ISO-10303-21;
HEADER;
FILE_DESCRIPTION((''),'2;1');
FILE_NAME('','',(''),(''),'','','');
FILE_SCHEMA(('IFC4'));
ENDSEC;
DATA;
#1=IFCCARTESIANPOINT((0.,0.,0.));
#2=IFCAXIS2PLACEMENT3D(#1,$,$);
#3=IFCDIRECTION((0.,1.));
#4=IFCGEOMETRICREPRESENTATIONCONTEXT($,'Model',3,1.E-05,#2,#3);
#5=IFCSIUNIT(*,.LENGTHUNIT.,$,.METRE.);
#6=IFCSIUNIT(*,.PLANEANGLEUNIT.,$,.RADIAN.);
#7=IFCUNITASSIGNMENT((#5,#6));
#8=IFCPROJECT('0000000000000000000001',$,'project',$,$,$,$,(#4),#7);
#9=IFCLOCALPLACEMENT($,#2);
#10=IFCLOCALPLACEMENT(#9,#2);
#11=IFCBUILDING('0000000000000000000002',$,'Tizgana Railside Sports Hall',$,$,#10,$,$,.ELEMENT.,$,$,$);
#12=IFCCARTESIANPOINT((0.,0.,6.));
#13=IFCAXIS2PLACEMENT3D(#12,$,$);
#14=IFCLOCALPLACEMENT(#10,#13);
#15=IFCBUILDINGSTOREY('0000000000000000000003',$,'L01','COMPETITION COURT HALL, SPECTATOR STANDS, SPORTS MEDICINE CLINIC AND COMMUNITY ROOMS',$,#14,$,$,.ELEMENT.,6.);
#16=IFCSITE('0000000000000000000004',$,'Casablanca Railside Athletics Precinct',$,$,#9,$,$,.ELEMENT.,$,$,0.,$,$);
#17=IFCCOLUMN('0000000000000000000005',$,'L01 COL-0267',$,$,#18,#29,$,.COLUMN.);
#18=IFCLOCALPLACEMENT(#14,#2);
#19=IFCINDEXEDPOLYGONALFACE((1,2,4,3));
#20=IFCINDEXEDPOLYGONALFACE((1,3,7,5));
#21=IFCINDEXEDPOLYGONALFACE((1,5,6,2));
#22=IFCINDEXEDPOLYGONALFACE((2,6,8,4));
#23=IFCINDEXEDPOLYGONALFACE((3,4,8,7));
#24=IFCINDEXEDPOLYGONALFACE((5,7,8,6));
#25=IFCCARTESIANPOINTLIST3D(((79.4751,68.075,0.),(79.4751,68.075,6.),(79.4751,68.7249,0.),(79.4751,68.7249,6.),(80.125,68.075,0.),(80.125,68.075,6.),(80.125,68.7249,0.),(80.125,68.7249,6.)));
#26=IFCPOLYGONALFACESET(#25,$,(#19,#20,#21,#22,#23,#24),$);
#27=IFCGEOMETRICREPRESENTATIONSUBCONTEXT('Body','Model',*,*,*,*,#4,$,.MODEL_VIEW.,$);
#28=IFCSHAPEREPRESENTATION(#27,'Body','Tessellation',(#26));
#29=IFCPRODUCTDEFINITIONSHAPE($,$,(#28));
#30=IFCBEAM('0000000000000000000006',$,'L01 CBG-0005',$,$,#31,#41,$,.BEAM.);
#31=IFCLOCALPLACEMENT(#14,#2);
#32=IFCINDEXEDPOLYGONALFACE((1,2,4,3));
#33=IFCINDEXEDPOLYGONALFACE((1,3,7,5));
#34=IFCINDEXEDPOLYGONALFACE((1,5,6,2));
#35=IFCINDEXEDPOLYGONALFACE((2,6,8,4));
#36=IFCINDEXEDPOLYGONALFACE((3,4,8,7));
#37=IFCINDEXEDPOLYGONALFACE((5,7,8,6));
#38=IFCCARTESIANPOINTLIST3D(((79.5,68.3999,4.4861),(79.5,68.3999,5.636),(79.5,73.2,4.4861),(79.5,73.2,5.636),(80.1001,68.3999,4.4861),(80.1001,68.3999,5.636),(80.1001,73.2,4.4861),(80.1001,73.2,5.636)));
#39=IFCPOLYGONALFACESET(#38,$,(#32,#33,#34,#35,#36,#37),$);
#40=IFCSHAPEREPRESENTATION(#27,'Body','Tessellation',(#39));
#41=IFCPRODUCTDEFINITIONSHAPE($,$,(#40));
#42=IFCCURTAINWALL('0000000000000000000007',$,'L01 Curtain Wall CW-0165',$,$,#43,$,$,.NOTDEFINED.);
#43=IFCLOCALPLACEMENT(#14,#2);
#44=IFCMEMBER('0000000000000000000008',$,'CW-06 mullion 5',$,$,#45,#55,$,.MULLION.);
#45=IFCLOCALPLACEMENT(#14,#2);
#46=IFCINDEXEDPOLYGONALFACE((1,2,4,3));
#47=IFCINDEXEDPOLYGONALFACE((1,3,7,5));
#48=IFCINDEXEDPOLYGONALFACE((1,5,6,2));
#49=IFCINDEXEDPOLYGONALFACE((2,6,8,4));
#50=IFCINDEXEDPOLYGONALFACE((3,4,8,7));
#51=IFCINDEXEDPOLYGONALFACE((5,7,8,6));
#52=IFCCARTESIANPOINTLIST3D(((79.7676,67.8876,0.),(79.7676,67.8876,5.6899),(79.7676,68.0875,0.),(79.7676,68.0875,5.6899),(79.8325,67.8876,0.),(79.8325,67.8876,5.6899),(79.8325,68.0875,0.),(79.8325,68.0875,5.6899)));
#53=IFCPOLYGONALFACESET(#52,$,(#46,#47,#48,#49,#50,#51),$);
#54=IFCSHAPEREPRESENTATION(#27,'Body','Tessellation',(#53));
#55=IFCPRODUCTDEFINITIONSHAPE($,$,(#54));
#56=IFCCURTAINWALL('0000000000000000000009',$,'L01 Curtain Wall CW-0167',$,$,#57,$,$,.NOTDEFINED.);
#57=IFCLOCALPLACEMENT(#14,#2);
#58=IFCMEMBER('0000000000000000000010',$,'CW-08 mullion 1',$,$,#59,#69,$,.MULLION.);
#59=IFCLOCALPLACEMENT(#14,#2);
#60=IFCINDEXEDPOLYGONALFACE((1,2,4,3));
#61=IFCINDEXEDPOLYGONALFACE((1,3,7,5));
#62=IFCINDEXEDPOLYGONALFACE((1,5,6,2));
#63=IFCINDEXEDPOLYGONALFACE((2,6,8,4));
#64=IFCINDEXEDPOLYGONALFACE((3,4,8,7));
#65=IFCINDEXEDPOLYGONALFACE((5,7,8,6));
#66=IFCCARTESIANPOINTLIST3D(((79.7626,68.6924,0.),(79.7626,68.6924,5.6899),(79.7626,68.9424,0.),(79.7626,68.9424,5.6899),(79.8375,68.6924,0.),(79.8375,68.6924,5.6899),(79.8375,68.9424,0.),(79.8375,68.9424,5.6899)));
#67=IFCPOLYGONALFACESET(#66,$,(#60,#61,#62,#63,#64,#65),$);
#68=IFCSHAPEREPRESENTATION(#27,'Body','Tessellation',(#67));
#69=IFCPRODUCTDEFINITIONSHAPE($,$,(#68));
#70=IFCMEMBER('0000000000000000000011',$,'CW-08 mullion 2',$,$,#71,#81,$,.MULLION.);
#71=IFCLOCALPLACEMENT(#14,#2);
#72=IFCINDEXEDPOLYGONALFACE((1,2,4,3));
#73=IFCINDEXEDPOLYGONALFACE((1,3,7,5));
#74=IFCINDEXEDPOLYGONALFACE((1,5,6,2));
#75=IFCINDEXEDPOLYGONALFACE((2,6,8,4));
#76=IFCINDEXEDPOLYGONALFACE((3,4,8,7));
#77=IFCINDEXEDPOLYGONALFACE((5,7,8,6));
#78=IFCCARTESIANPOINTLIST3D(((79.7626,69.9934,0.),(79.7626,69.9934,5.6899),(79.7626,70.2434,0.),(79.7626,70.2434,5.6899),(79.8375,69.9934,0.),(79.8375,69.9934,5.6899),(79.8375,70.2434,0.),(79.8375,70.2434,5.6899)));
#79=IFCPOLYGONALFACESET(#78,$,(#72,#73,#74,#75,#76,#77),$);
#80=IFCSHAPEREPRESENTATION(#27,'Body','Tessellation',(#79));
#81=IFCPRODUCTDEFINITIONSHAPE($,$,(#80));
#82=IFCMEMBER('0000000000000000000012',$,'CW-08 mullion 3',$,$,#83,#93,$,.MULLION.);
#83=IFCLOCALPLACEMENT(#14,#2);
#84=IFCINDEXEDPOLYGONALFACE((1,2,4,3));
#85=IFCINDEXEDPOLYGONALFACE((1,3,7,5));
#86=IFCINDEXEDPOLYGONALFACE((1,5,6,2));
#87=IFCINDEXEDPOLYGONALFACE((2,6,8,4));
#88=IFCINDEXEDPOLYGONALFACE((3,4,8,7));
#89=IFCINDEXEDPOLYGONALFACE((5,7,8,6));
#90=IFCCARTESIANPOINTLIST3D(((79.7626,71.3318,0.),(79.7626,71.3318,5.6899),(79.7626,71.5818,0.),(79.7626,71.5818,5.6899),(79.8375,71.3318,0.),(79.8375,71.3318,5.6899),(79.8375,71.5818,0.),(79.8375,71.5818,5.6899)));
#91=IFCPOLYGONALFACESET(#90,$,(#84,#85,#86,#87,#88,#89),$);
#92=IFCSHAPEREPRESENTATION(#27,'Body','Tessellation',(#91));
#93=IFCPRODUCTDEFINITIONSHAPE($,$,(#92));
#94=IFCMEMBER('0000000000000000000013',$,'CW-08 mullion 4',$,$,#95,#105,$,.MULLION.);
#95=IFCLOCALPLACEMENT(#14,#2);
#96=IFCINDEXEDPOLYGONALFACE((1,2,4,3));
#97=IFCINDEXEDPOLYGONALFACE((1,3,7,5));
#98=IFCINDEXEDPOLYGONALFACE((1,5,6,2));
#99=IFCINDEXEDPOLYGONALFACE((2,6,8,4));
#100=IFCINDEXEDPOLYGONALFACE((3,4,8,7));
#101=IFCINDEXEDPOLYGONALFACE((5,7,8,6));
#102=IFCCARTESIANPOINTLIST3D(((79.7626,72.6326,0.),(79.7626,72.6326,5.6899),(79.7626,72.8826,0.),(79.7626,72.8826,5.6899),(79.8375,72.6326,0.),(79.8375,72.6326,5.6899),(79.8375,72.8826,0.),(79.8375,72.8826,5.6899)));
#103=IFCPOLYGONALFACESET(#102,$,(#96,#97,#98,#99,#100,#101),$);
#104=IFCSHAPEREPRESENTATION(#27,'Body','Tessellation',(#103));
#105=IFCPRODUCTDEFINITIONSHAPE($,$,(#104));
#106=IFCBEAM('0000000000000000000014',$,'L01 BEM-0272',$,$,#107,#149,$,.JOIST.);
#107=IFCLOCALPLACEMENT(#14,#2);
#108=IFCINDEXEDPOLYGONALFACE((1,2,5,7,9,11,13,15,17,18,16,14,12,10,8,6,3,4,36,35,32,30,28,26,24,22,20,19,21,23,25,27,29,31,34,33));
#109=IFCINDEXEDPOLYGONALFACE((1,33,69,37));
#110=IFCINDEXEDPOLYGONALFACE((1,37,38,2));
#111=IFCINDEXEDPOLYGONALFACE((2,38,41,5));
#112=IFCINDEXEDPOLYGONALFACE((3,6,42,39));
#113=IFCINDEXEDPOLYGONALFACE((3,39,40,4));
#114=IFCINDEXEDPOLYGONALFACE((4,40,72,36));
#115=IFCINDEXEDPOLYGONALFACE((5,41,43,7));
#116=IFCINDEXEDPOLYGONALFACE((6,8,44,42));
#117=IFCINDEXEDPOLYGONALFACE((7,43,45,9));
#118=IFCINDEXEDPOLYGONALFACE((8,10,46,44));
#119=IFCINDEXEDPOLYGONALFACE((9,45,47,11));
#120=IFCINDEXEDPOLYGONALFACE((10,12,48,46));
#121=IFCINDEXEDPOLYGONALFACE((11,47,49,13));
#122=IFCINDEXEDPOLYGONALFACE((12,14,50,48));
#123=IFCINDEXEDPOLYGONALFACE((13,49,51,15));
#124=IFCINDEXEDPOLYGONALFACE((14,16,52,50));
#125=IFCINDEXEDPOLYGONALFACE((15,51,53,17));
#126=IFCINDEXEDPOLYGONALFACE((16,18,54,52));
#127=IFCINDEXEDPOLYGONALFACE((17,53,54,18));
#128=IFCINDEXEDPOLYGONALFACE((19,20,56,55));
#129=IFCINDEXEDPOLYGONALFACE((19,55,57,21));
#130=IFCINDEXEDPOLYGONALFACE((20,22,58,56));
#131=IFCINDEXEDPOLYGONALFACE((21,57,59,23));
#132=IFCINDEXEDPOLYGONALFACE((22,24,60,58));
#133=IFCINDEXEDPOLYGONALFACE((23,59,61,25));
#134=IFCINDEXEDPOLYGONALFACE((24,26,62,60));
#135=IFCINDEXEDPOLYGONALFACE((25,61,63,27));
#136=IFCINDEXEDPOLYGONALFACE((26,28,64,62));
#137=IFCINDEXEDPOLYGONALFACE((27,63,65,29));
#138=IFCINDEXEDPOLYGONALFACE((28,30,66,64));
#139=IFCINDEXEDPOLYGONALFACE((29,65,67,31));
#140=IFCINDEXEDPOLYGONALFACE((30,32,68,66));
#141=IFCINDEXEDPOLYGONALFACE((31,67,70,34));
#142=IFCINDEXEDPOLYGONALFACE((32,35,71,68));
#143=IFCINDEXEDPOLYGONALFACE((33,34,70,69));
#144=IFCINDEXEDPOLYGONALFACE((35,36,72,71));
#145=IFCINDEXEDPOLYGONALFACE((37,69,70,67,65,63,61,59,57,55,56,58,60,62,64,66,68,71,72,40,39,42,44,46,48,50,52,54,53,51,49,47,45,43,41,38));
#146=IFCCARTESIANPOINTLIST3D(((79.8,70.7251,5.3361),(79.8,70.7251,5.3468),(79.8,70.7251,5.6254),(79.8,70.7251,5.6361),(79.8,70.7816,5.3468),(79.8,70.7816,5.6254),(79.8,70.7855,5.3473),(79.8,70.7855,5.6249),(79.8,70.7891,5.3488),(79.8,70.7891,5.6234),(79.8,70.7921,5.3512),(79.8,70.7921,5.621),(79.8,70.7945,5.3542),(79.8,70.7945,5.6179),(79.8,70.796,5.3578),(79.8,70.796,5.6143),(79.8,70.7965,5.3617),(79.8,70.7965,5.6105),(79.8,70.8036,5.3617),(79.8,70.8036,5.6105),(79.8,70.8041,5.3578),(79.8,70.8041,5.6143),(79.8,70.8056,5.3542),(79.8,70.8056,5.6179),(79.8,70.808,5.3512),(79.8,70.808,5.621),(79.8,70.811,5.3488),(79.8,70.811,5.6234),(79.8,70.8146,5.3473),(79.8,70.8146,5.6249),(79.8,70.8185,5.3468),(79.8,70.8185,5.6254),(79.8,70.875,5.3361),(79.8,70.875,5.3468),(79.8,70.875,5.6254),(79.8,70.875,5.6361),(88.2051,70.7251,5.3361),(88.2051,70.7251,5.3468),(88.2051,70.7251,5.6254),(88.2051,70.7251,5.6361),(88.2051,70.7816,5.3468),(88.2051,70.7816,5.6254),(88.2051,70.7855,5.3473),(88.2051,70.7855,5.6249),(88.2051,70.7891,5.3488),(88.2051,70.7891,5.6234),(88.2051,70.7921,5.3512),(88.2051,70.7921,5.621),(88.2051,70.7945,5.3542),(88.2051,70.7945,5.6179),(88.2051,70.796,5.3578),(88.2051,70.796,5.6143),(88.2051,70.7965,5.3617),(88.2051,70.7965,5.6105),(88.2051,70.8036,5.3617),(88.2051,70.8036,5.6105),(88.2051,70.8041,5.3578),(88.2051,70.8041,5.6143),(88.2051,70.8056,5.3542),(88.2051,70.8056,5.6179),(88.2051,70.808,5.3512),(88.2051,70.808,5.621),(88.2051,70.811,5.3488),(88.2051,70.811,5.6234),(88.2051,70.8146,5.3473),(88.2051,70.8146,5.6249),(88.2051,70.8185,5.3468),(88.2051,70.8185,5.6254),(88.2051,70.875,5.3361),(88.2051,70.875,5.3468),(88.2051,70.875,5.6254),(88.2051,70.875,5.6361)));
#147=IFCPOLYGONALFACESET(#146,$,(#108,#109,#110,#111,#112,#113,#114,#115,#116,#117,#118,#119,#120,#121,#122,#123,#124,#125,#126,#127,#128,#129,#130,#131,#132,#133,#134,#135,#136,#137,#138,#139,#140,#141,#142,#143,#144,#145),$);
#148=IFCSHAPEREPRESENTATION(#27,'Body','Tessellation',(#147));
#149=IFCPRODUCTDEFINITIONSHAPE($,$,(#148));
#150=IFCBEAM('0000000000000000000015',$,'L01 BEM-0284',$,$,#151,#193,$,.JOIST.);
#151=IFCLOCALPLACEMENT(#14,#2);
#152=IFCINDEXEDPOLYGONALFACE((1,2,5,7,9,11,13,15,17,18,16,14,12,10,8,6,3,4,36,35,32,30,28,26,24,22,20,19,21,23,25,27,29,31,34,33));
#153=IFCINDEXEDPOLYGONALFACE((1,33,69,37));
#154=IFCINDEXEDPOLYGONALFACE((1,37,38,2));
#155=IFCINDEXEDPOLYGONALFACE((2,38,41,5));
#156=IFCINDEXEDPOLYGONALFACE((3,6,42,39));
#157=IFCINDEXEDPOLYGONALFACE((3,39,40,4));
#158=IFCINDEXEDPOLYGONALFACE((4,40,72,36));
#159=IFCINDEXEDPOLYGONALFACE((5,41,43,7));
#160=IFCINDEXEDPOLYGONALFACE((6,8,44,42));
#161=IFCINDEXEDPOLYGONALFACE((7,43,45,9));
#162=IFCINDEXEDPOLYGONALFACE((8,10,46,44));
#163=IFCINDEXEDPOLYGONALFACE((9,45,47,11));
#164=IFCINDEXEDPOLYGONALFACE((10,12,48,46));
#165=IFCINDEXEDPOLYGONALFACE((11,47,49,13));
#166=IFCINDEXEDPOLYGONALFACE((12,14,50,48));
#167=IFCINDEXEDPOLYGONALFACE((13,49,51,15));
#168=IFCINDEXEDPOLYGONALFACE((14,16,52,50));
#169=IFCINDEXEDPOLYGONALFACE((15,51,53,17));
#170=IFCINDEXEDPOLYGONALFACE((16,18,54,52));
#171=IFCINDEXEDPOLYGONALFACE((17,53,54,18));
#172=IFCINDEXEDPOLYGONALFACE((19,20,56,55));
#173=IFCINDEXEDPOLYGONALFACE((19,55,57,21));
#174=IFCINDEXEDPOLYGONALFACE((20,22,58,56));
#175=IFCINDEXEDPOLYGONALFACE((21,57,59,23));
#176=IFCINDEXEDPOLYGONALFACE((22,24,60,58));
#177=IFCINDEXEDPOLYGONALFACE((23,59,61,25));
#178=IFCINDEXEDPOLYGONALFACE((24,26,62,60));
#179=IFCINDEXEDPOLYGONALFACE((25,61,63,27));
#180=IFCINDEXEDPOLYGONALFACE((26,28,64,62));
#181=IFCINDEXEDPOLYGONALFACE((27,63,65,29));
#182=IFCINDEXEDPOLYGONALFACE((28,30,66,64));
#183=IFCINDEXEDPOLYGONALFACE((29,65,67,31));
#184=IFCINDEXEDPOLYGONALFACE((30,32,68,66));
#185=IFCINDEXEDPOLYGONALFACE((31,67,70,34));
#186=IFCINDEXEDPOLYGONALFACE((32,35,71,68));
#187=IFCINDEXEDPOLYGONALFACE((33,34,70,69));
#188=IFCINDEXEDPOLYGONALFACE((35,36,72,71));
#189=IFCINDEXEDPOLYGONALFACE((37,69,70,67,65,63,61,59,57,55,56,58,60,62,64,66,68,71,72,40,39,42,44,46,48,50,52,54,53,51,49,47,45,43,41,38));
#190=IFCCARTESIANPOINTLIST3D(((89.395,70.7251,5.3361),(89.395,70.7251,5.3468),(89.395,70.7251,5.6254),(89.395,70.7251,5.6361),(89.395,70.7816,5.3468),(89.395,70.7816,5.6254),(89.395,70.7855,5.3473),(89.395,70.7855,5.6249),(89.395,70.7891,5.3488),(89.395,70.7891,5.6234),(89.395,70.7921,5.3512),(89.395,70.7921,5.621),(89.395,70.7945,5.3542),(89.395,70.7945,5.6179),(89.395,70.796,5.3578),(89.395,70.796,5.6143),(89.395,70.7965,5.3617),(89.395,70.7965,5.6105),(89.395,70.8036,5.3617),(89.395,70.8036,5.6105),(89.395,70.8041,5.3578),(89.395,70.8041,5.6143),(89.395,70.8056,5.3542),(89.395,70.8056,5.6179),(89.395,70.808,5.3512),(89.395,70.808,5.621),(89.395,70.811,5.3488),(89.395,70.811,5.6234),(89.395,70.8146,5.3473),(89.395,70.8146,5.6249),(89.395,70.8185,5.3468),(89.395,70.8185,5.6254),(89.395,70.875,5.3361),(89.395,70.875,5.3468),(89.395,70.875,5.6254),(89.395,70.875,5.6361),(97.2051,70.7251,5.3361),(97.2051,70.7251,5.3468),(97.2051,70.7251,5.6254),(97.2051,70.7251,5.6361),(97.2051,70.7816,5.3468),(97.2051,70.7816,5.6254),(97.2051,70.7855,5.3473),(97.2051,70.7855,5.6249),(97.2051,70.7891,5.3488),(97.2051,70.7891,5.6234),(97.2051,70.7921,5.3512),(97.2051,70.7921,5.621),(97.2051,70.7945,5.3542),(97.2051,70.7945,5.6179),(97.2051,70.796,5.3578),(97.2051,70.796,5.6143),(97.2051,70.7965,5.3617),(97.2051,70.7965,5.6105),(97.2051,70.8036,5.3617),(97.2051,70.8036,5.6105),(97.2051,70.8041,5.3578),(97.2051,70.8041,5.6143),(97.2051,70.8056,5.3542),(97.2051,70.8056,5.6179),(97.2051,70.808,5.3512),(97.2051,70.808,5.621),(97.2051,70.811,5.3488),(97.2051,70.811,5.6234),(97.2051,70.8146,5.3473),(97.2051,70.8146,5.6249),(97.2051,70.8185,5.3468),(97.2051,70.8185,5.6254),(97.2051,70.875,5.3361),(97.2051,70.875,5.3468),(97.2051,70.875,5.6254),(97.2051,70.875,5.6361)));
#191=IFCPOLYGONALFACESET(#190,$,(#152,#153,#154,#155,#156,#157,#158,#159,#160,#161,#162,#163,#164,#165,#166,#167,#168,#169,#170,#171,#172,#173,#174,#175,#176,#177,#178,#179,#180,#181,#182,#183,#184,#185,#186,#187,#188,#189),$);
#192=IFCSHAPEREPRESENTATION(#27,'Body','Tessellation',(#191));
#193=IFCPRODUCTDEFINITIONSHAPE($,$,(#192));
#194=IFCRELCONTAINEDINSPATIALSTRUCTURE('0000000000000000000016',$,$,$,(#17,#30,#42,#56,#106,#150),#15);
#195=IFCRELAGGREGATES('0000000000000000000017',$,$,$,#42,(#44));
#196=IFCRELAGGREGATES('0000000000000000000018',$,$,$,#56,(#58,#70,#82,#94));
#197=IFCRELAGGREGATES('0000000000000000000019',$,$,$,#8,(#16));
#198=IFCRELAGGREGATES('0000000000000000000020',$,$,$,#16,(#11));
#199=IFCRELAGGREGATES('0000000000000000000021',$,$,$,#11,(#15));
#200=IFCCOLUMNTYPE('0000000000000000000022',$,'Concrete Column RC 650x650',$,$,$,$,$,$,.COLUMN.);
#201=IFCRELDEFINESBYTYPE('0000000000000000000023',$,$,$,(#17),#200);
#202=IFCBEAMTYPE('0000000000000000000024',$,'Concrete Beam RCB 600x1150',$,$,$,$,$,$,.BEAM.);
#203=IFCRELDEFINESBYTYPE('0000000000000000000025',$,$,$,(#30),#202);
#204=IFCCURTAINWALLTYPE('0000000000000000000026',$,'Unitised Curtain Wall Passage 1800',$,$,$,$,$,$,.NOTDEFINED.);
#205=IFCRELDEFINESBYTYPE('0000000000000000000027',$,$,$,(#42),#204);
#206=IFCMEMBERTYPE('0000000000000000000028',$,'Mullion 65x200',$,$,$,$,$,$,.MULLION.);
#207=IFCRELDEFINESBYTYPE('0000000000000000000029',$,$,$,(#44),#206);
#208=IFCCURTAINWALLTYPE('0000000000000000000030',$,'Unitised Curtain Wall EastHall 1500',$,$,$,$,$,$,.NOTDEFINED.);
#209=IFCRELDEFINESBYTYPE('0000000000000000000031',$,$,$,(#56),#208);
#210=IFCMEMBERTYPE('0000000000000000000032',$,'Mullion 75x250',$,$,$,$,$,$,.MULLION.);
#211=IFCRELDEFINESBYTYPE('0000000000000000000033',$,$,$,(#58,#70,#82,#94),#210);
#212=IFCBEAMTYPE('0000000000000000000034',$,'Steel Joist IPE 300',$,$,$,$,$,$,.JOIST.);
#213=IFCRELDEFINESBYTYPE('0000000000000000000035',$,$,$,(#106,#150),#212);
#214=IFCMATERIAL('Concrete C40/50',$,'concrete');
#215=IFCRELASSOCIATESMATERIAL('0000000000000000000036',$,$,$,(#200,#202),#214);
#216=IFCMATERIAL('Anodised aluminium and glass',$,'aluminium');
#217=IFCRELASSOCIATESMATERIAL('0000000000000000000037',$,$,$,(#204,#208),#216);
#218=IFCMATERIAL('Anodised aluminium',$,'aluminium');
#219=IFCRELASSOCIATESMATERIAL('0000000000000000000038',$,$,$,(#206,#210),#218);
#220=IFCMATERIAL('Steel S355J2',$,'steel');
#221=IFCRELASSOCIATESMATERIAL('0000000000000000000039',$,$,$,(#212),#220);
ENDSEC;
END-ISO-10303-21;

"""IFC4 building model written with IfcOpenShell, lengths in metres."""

from ifc_helpers import new_model, si_unit, direction, frame, origin, origin_2d, place, context, subcontext, project, spatial, rectangle, i_section, extrude, material, material_profile, profile_set, type_object, element, aggregate, save


model = new_model("IFC4")

# Units and contexts
model_context = context("Model", 3, precision=1e-05, world=origin(), true_north=direction((0.0, 1.0)))
body_context = subcontext(model_context, "Body", "Model", "MODEL_VIEW")
ifc_project = project(units=[si_unit("LENGTHUNIT", "METRE"), si_unit("PLANEANGLEUNIT", "RADIAN")], contexts=[model_context])

# Site, building, storey
site_placement = place(None, origin())
site = spatial("IfcSite", under=ifc_project, at=site_placement, Name="Casablanca Railside Athletics Precinct", CompositionType="ELEMENT", RefElevation=0.0)
building_placement = place(site_placement, origin())
building = spatial("IfcBuilding", under=site, at=building_placement, Name="Tizgana Railside Sports Hall", CompositionType="ELEMENT")
storey_placement = place(building_placement, frame((0.0, 0.0, 6.0)))
storey = spatial("IfcBuildingStorey", under=building, at=storey_placement, Name="L01", Description="COMPETITION COURT HALL, SPECTATOR STANDS, SPORTS MEDICINE CLINIC AND COMMUNITY ROOMS", CompositionType="ELEMENT", Elevation=6.0)

# Column
ifc_material_1 = material(Name="Concrete C40/50", Category="concrete")
ifc_material_profile_1 = material_profile(ifc_material_1, rectangle(XDim=0.6499, YDim=0.6499, at=origin_2d()), Name="RC 650x650")
ifc_profile_set_1 = profile_set([ifc_material_profile_1], Name="Concrete C40/50")
column_type = type_object("IfcColumnType", Name="Concrete Column RC 650x650", PredefinedType="COLUMN", material=ifc_profile_set_1)
column_placement = place(storey_placement, frame((79.8, 68.3999, 0.0), z_axis=(0.0, 0.0, 1.0), x_axis=(1.0, 0.0, 0.0)))
element("IfcColumn", 1, at=column_placement, inside=storey, type_object=column_type, Name="L01 COL-0267", PredefinedType="COLUMN", context=body_context, shape_type="SweptSolid", body=[
    extrude(rectangle(XDim=0.6499, YDim=0.6499, at=origin_2d()), origin(), (0.0, 0.0, 1.0), 6.0),
])

# Beam
ifc_material_profile_2 = material_profile(ifc_material_1, rectangle(XDim=0.6001, YDim=1.1499, at=origin_2d()), Name="RCB 600x1150")
ifc_profile_set_2 = profile_set([ifc_material_profile_2], Name="Concrete C40/50")
beam_type_1 = type_object("IfcBeamType", Name="Concrete Beam RCB 600x1150", PredefinedType="BEAM", material=ifc_profile_set_2)
beam_1_placement = place(storey_placement, frame((79.8, 68.3999, 5.061), z_axis=(0.0, 1.0, 0.0), x_axis=(-1.0, 0.0, 0.0)))
element("IfcBeam", 2, at=beam_1_placement, inside=storey, type_object=beam_type_1, Name="L01 CBG-0005", PredefinedType="BEAM", context=body_context, shape_type="SweptSolid", body=[
    extrude(rectangle(XDim=0.6001, YDim=1.1499, at=origin_2d()), origin(), (0.0, 0.0, 1.0), 4.8),
])

# Curtain wall, member
ifc_material_2 = material(Name="Anodised aluminium and glass", Category="aluminium")
curtain_wall_type_1 = type_object("IfcCurtainWallType", Name="Unitised Curtain Wall Passage 1800", PredefinedType="NOTDEFINED", material=ifc_material_2)
curtain_wall_1_placement = place(storey_placement, origin())
curtain_wall_1 = element("IfcCurtainWall", 3, at=curtain_wall_1_placement, inside=storey, type_object=curtain_wall_type_1, Name="L01 Curtain Wall CW-0165", PredefinedType="NOTDEFINED")
ifc_material_3 = material(Name="Anodised aluminium", Category="aluminium")
ifc_material_profile_3 = material_profile(ifc_material_3, rectangle(XDim=0.0649, YDim=0.2, at=origin_2d()), Name="Mullion 65x200")
ifc_profile_set_3 = profile_set([ifc_material_profile_3], Name="Anodised aluminium")
member_type_1 = type_object("IfcMemberType", Name="Mullion 65x200", PredefinedType="MULLION", material=ifc_profile_set_3)
member_1_placement = place(storey_placement, frame((79.8, 67.9875, 0.0), z_axis=(0.0, 0.0, 1.0), x_axis=(-1.0, 0.0, 0.0)))
member_1 = element("IfcMember", 4, at=member_1_placement, type_object=member_type_1, Name="CW-06 mullion 5", PredefinedType="MULLION", context=body_context, shape_type="SweptSolid", body=[
    extrude(rectangle(XDim=0.0649, YDim=0.2, at=origin_2d()), origin(), (0.0, 0.0, 1.0), 5.6899),
])

# Curtain wall, members
curtain_wall_type_2 = type_object("IfcCurtainWallType", Name="Unitised Curtain Wall EastHall 1500", PredefinedType="NOTDEFINED", material=ifc_material_2)
curtain_wall_2_placement = place(storey_placement, origin())
curtain_wall_2 = element("IfcCurtainWall", 5, at=curtain_wall_2_placement, inside=storey, type_object=curtain_wall_type_2, Name="L01 Curtain Wall CW-0167", PredefinedType="NOTDEFINED")
ifc_material_profile_4 = material_profile(ifc_material_3, rectangle(XDim=0.075, YDim=0.25, at=origin_2d()), Name="Mullion 75x250")
ifc_profile_set_4 = profile_set([ifc_material_profile_4], Name="Anodised aluminium")
member_type_2 = type_object("IfcMemberType", Name="Mullion 75x250", PredefinedType="MULLION", material=ifc_profile_set_4)
member_2_placement = place(storey_placement, frame((79.8, 68.8174, 0.0), z_axis=(0.0, 0.0, 1.0), x_axis=(-1.0, 0.0, 0.0)))
member_2 = element("IfcMember", 6, at=member_2_placement, type_object=member_type_2, Name="CW-08 mullion 1", PredefinedType="MULLION", context=body_context, shape_type="SweptSolid", body=[
    extrude(rectangle(XDim=0.075, YDim=0.25, at=origin_2d()), origin(), (0.0, 0.0, 1.0), 5.6899),
])
member_3_placement = place(storey_placement, frame((79.8, 70.1184, 0.0), z_axis=(0.0, 0.0, 1.0), x_axis=(-1.0, 0.0, 0.0)))
member_3 = element("IfcMember", 7, at=member_3_placement, type_object=member_type_2, Name="CW-08 mullion 2", PredefinedType="MULLION", context=body_context, shape_type="SweptSolid", body=[
    extrude(rectangle(XDim=0.075, YDim=0.25, at=origin_2d()), origin(), (0.0, 0.0, 1.0), 5.6899),
])
member_4_placement = place(storey_placement, frame((79.8, 71.4568, 0.0), z_axis=(0.0, 0.0, 1.0), x_axis=(-1.0, 0.0, 0.0)))
member_4 = element("IfcMember", 8, at=member_4_placement, type_object=member_type_2, Name="CW-08 mullion 3", PredefinedType="MULLION", context=body_context, shape_type="SweptSolid", body=[
    extrude(rectangle(XDim=0.075, YDim=0.25, at=origin_2d()), origin(), (0.0, 0.0, 1.0), 5.6899),
])
member_5_placement = place(storey_placement, frame((79.8, 72.7576, 0.0), z_axis=(0.0, 0.0, 1.0), x_axis=(-1.0, 0.0, 0.0)))
member_5 = element("IfcMember", 9, at=member_5_placement, type_object=member_type_2, Name="CW-08 mullion 4", PredefinedType="MULLION", context=body_context, shape_type="SweptSolid", body=[
    extrude(rectangle(XDim=0.075, YDim=0.25, at=origin_2d()), origin(), (0.0, 0.0, 1.0), 5.6899),
])

# Beams
ifc_material_4 = material(Name="Steel S355J2", Category="steel")
ifc_material_profile_5 = material_profile(ifc_material_4, i_section(OverallWidth=0.1499, OverallDepth=0.3, WebThickness=0.0071, FlangeThickness=0.0107, FilletRadius=0.0149, at=origin_2d()), Name="IPE 300")
ifc_profile_set_5 = profile_set([ifc_material_profile_5], Name="Steel S355J2")
beam_type_2 = type_object("IfcBeamType", Name="Steel Joist IPE 300", PredefinedType="JOIST", material=ifc_profile_set_5)
beam_2_placement = place(storey_placement, frame((79.8, 70.8, 5.4861), z_axis=(1.0, 0.0, 0.0), x_axis=(0.0, 1.0, 0.0)))
element("IfcBeam", 10, at=beam_2_placement, inside=storey, type_object=beam_type_2, Name="L01 BEM-0272", PredefinedType="JOIST", context=body_context, shape_type="SweptSolid", body=[
    extrude(i_section(OverallWidth=0.1499, OverallDepth=0.3, WebThickness=0.0071, FlangeThickness=0.0107, FilletRadius=0.0149, at=origin_2d()), origin(), (0.0, 0.0, 1.0), 8.405),
])
beam_3_placement = place(storey_placement, frame((89.395, 70.8, 5.4861), z_axis=(1.0, 0.0, 0.0), x_axis=(0.0, 1.0, 0.0)))
element("IfcBeam", 11, at=beam_3_placement, inside=storey, type_object=beam_type_2, Name="L01 BEM-0284", PredefinedType="JOIST", context=body_context, shape_type="SweptSolid", body=[
    extrude(i_section(OverallWidth=0.1499, OverallDepth=0.3, WebThickness=0.0071, FlangeThickness=0.0107, FilletRadius=0.0149, at=origin_2d()), origin(), (0.0, 0.0, 1.0), 7.8101),
])

aggregate(curtain_wall_1, [member_1])
aggregate(curtain_wall_2, [member_2, member_3, member_4, member_5])

save(model, "model.ifc")
